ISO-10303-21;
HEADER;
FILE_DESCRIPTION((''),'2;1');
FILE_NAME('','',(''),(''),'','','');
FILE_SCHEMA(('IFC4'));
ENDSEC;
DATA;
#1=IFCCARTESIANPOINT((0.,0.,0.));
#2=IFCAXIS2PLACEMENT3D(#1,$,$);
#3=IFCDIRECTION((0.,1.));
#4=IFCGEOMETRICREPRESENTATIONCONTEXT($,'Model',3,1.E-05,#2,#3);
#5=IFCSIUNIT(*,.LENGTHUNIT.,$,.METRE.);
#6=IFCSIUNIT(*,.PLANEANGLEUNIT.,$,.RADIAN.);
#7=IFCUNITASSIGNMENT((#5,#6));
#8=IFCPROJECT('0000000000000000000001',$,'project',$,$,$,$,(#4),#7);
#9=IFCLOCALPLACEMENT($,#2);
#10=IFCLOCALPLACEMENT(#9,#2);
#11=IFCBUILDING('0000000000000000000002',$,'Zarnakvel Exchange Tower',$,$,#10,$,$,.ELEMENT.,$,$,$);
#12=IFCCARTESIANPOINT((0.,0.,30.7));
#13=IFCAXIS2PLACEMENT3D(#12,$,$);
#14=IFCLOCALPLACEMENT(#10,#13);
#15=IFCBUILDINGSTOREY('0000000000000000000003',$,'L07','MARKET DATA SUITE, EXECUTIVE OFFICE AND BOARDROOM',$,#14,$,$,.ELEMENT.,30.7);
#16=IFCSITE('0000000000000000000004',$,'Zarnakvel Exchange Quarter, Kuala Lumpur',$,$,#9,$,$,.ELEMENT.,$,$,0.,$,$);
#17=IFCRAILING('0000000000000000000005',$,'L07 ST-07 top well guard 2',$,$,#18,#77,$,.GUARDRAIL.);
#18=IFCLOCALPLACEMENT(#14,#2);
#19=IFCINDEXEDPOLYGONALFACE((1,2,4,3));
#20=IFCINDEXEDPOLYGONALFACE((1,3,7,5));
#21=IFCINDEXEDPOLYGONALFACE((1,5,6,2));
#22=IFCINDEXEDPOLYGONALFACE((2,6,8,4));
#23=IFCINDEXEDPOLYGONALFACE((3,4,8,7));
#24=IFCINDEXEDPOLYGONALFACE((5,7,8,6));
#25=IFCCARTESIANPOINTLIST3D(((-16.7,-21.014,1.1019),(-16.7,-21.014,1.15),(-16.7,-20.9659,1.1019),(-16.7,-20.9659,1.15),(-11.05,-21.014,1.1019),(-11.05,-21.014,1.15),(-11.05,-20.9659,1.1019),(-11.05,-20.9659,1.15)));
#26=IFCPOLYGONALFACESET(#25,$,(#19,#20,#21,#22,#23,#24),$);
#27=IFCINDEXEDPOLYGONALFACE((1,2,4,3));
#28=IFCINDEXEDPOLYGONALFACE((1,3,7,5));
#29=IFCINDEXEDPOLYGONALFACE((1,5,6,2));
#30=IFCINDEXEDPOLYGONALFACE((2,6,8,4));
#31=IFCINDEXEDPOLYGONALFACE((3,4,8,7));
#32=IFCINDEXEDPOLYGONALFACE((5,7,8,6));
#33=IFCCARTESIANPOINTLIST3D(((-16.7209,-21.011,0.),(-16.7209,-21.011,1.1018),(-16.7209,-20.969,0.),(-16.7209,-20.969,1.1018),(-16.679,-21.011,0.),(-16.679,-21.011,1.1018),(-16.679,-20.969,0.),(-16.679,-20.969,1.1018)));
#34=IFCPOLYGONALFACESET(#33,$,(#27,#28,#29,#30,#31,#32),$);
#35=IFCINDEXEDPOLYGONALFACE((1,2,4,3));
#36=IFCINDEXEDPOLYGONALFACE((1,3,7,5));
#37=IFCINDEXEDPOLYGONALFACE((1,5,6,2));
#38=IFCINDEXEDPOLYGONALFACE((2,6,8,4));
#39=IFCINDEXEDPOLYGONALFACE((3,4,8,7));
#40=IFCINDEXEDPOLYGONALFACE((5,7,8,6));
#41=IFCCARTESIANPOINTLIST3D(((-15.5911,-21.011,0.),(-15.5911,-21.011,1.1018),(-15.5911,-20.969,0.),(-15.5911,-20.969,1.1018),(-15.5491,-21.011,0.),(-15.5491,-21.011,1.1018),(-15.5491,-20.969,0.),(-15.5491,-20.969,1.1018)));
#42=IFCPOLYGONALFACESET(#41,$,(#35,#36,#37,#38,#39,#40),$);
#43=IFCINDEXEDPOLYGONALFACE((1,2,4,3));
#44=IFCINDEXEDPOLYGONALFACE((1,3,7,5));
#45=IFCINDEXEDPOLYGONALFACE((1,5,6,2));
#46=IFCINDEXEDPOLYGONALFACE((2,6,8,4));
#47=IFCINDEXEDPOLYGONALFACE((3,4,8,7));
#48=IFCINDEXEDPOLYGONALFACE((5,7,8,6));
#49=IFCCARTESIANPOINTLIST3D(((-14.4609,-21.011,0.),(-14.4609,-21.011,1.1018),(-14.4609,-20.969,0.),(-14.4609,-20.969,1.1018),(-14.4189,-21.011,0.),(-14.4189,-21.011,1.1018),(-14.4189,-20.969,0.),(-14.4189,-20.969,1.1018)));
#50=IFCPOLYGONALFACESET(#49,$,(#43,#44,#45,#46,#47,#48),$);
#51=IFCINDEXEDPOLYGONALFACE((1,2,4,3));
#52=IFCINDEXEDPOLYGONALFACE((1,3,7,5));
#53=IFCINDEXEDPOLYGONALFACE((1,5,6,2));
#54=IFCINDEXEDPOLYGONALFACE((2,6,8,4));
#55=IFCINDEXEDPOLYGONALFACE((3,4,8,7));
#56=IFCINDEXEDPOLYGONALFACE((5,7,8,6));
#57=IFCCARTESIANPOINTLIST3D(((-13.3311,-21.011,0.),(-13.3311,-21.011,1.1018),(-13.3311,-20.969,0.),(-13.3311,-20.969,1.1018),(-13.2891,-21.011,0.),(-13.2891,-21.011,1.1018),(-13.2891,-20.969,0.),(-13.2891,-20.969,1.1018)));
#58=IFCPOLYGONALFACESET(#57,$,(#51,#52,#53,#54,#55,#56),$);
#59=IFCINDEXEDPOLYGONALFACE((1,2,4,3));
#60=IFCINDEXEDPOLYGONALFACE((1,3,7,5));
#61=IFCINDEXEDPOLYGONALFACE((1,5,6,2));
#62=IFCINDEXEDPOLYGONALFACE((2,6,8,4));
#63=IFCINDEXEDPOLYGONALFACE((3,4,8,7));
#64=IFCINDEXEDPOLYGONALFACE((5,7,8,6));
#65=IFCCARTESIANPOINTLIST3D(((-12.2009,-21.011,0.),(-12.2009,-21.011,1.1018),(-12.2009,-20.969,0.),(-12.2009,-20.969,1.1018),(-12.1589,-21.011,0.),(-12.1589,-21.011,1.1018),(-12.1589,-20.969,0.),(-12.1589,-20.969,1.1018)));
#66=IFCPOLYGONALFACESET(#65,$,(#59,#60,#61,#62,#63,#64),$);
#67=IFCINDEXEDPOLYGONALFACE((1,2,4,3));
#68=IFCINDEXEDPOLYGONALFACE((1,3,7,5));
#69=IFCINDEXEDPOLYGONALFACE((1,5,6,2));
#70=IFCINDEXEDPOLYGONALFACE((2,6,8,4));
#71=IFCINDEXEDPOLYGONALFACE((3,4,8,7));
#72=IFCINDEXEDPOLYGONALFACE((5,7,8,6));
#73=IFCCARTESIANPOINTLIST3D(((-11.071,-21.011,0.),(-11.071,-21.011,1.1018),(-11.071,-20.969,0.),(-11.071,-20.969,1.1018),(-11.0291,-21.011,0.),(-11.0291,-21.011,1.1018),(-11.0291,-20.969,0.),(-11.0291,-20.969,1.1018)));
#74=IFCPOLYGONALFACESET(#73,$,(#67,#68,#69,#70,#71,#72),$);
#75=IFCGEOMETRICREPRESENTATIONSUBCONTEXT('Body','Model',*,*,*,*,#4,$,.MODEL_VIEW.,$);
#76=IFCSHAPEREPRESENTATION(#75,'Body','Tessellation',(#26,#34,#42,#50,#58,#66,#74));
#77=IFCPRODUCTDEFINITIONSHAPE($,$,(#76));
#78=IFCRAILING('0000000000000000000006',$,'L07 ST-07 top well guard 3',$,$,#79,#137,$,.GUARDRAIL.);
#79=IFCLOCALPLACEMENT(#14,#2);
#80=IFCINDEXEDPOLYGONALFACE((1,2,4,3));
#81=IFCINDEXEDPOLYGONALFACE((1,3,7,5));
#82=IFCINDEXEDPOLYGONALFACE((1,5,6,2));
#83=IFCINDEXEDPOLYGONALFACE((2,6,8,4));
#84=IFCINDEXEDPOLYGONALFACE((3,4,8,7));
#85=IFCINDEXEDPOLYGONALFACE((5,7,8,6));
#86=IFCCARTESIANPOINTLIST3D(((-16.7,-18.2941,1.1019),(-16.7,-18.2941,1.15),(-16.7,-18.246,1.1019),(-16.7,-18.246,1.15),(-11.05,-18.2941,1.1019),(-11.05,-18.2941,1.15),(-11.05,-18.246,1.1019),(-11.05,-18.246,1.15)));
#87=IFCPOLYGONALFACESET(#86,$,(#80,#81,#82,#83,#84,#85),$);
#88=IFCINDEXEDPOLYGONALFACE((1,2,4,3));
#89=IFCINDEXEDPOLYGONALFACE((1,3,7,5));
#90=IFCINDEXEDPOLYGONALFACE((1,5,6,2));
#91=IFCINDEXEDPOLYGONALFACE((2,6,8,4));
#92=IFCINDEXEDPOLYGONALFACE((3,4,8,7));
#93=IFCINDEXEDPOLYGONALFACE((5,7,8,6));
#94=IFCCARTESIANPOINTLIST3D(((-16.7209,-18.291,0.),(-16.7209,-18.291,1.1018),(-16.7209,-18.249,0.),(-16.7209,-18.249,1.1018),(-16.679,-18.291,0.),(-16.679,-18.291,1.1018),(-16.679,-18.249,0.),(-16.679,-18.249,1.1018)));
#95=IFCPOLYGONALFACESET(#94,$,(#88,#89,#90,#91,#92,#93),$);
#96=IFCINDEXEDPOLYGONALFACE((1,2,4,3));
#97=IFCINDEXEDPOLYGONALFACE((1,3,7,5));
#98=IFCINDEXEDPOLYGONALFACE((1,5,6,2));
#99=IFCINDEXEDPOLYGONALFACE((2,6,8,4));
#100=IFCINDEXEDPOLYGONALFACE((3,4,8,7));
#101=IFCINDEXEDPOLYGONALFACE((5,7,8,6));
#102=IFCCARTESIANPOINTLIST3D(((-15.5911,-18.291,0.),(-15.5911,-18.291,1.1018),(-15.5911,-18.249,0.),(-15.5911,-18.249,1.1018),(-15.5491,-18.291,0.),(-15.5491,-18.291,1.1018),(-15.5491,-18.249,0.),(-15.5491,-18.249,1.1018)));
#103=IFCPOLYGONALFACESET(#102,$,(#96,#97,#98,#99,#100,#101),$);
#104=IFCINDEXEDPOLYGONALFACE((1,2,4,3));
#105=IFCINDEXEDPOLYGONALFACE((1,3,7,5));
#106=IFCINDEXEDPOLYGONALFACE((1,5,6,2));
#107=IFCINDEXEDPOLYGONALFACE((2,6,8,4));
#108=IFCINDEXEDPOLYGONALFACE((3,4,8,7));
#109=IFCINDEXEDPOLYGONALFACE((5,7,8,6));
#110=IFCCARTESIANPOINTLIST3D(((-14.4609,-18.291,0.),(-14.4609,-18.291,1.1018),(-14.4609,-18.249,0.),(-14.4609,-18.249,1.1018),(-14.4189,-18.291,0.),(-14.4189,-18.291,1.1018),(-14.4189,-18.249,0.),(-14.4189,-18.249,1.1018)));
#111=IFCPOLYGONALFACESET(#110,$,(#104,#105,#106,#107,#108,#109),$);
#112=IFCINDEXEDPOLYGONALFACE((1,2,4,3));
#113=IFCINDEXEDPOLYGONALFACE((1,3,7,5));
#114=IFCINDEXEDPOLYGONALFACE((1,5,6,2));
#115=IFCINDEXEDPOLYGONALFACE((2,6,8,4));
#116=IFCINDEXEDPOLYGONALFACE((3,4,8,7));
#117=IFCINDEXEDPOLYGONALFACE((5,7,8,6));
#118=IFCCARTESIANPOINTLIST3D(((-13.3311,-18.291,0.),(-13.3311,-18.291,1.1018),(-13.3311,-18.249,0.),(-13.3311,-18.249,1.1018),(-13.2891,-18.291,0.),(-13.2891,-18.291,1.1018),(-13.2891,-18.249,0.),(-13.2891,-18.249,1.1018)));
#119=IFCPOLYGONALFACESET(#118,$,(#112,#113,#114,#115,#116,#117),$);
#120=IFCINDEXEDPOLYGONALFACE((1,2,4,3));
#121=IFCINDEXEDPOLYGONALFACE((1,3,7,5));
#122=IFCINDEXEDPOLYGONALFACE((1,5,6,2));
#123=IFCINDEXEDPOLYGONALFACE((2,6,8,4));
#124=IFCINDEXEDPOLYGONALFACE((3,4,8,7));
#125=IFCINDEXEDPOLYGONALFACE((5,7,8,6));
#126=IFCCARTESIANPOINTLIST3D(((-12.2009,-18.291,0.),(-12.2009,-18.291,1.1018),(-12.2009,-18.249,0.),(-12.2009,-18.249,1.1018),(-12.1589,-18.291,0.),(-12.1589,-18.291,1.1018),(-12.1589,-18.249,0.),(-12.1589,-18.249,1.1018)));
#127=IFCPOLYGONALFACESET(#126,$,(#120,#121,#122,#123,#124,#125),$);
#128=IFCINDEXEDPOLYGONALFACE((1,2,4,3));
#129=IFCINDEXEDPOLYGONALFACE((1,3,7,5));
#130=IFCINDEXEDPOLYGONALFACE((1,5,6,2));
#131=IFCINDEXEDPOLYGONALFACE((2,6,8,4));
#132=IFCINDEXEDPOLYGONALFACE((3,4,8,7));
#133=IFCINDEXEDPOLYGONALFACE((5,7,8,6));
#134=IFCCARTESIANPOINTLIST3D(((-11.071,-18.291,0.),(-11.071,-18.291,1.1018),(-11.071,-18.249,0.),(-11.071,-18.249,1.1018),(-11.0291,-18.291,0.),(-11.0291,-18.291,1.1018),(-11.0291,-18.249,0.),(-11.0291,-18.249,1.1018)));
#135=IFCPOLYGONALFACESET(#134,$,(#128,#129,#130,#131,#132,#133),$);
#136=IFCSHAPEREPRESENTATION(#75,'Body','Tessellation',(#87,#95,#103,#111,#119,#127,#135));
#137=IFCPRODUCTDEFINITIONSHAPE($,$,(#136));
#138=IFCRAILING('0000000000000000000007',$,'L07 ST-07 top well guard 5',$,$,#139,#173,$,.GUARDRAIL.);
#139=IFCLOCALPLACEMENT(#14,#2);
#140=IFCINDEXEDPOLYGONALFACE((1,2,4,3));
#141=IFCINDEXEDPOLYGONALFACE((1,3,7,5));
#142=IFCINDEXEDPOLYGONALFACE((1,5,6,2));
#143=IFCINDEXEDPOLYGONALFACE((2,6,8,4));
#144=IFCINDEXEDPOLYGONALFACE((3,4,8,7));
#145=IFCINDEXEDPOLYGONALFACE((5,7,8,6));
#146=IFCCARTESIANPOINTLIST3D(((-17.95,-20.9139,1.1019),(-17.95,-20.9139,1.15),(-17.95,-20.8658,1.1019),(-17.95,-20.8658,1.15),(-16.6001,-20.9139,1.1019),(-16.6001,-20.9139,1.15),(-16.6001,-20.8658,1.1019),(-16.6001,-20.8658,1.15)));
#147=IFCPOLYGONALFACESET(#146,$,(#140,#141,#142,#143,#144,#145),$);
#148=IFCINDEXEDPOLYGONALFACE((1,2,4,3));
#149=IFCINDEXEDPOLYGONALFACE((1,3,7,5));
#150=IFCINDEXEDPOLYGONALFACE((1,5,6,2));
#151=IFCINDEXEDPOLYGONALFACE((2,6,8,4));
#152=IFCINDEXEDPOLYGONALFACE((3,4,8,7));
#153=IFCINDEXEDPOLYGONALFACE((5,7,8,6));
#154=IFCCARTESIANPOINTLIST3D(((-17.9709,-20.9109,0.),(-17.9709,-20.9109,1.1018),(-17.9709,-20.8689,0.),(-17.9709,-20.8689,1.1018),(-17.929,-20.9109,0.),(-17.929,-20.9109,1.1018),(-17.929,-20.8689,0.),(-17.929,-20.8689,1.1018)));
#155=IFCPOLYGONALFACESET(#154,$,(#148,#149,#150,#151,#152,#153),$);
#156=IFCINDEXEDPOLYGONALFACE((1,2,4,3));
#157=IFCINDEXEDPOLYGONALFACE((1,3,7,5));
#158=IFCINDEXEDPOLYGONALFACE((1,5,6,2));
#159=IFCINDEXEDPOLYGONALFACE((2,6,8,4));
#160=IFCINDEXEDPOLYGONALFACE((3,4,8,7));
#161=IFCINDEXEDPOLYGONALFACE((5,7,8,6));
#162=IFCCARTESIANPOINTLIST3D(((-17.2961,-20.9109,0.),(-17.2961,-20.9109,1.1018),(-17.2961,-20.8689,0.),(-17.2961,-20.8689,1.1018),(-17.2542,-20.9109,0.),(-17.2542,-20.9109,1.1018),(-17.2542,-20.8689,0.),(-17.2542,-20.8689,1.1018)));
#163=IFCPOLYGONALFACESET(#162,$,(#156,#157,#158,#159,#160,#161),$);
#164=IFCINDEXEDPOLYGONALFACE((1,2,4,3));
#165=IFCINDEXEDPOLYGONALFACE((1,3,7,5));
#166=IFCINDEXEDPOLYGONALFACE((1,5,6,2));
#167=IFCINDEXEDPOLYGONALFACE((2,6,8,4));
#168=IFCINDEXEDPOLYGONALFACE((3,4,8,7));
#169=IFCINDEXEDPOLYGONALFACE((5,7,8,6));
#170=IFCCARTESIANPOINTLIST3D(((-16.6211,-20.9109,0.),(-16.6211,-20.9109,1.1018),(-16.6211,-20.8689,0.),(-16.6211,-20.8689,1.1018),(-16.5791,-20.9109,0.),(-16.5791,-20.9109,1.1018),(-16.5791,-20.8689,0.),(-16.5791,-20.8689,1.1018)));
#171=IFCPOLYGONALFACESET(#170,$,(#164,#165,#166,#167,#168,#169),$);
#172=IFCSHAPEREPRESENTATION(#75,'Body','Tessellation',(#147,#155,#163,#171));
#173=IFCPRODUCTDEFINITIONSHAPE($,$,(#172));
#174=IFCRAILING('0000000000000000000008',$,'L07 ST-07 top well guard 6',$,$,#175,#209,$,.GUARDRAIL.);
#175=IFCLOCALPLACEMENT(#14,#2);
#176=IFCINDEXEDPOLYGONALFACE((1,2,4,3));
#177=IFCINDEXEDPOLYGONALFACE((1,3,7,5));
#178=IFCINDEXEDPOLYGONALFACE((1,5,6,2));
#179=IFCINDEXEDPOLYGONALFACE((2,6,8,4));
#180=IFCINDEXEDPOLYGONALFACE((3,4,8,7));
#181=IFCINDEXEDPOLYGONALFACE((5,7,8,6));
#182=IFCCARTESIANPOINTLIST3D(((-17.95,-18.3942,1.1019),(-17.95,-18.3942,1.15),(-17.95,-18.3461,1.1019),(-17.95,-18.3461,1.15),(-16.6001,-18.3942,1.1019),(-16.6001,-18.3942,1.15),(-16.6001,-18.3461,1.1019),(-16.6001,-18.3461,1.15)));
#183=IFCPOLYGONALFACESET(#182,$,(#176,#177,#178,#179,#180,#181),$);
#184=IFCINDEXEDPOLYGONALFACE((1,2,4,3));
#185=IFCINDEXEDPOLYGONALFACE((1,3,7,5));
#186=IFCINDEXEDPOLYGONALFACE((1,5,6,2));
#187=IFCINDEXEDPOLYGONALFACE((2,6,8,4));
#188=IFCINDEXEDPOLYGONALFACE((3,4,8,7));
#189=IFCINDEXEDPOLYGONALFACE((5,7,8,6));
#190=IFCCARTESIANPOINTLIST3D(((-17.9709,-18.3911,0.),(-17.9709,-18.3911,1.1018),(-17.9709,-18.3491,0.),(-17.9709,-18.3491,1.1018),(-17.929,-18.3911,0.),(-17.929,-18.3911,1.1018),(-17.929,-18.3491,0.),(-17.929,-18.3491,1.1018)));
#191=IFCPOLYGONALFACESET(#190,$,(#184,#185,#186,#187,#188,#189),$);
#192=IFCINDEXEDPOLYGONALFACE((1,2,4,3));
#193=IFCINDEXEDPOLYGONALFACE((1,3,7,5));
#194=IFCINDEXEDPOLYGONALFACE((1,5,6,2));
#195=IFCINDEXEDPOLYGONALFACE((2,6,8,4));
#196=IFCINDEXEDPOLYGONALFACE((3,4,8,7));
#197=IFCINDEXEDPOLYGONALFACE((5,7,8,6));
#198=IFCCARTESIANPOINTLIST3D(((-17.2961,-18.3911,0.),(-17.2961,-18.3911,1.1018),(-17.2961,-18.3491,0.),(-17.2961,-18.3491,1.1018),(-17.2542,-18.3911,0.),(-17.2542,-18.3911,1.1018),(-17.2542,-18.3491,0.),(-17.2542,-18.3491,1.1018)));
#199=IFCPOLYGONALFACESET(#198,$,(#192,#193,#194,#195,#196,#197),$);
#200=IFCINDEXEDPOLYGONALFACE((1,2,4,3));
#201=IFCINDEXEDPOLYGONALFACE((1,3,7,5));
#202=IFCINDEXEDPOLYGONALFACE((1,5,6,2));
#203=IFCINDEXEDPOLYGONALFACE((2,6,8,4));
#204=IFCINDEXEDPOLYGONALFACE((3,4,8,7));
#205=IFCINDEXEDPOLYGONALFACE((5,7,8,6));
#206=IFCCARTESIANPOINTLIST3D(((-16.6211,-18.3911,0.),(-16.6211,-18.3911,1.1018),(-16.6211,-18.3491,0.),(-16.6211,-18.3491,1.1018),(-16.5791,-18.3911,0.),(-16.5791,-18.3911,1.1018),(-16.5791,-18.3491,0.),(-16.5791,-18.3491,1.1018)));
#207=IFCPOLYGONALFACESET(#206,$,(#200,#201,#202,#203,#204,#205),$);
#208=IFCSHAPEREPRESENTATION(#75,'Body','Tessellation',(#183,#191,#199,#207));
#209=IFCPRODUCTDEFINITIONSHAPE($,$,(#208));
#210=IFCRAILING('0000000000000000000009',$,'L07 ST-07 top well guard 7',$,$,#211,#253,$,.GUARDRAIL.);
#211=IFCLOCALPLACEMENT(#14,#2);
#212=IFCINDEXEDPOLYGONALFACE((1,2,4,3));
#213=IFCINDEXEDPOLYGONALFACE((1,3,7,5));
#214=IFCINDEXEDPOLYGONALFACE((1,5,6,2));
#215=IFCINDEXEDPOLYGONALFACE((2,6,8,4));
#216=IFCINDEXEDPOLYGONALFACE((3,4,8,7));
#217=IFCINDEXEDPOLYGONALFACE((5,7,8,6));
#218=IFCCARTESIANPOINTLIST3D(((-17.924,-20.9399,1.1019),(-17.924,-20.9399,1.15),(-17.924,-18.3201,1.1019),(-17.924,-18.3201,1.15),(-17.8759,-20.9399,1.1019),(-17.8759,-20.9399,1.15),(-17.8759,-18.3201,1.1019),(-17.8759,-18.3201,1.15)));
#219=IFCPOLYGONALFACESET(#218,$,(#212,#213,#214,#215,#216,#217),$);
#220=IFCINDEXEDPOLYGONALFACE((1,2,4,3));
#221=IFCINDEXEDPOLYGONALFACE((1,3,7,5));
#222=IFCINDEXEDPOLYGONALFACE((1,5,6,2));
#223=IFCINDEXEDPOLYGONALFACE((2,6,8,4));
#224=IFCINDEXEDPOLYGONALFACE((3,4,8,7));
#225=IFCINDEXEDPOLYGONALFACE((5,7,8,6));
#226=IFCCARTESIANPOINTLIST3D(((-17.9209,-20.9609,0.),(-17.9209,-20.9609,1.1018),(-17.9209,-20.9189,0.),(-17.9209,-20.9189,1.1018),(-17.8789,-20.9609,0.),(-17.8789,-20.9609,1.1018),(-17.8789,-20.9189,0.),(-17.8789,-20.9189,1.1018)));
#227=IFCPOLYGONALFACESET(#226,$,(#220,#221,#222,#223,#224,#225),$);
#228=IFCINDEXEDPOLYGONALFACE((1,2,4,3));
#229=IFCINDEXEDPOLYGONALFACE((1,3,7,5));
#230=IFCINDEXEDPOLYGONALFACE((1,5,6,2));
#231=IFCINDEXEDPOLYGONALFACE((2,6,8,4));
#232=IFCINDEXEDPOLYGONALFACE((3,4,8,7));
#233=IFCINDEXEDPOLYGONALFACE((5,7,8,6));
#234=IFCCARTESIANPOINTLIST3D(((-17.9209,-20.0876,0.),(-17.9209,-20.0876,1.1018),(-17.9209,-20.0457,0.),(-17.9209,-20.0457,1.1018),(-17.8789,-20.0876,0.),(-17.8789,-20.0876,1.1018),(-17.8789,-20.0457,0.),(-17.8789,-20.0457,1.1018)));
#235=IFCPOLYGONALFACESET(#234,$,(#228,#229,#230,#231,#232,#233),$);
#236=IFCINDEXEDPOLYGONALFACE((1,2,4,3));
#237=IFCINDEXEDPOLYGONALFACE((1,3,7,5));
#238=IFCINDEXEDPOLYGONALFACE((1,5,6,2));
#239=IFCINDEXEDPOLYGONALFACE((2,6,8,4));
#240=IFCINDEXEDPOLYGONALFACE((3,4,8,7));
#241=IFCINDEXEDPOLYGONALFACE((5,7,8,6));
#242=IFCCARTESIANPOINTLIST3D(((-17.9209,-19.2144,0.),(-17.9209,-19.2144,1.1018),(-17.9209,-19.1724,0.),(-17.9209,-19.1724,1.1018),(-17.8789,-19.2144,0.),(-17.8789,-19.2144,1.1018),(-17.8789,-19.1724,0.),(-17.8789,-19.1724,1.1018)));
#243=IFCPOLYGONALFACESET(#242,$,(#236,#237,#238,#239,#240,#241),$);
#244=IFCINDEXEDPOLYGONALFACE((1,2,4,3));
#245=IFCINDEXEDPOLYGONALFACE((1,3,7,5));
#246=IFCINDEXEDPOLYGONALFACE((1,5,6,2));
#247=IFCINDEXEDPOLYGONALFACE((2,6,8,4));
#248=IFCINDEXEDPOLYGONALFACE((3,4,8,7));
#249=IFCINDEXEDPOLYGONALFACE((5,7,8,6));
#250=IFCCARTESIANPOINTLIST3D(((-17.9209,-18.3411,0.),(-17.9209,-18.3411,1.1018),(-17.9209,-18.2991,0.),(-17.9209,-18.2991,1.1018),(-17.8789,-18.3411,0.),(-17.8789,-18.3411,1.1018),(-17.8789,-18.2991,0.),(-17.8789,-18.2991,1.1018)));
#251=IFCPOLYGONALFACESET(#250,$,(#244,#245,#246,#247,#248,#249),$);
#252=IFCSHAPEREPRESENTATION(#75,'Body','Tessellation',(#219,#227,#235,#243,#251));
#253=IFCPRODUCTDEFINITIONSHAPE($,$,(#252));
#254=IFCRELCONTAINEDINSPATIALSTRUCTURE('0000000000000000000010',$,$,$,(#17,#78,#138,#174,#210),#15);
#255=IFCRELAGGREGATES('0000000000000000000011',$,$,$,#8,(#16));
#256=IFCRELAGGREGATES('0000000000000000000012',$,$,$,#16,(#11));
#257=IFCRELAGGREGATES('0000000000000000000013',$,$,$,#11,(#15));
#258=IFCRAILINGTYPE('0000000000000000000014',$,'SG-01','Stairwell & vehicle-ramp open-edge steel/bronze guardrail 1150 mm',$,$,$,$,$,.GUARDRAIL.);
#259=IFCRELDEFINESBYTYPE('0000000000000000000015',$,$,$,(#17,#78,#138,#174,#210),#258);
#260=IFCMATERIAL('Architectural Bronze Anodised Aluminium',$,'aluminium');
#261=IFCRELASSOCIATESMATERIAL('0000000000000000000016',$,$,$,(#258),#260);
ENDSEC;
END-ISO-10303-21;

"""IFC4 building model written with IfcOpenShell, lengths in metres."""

from ifc_helpers import new_model, si_unit, direction, frame, origin, origin_2d, place, context, subcontext, project, spatial, rectangle, extrude, material, type_object, element, save


model = new_model("IFC4")

# Units and contexts
model_context = context("Model", 3, precision=1e-05, world=origin(), true_north=direction((0.0, 1.0)))
body_context = subcontext(model_context, "Body", "Model", "MODEL_VIEW")
ifc_project = project(units=[si_unit("LENGTHUNIT", "METRE"), si_unit("PLANEANGLEUNIT", "RADIAN")], contexts=[model_context])

# Site, building, storey
site_placement = place(None, origin())
site = spatial("IfcSite", under=ifc_project, at=site_placement, Name="Zarnakvel Exchange Quarter, Kuala Lumpur", CompositionType="ELEMENT", RefElevation=0.0)
building_placement = place(site_placement, origin())
building = spatial("IfcBuilding", under=site, at=building_placement, Name="Zarnakvel Exchange Tower", CompositionType="ELEMENT")
storey_placement = place(building_placement, frame((0.0, 0.0, 30.7)))
storey = spatial("IfcBuildingStorey", under=building, at=storey_placement, Name="L07", Description="MARKET DATA SUITE, EXECUTIVE OFFICE AND BOARDROOM", CompositionType="ELEMENT", Elevation=30.7)

# Shared definitions
ifc_material_1 = material(Name="Architectural Bronze Anodised Aluminium", Category="aluminium")

# Railings
railing_type_1 = type_object("IfcRailingType", Name="SG-01", Description="Stairwell & vehicle-ramp open-edge steel/bronze guardrail 1150 mm", PredefinedType="GUARDRAIL", material=ifc_material_1)
for number, where, name in (
    (1, (-16.7, -20.99, 0.0), "L07 ST-07 top well guard 2"),
    (2, (-16.7, -18.27, 0.0), "L07 ST-07 top well guard 3"),
):
    element("IfcRailing", number, at=place(storey_placement, frame(where)), inside=storey, type_object=railing_type_1, Name=name, PredefinedType="GUARDRAIL", context=body_context, shape_type="SweptSolid", body=[
        extrude(rectangle(XDim=0.0481, YDim=0.0481, at=origin_2d()), frame((0.0, 0.0, 1.126), z_axis=(1.0, 0.0, 0.0), x_axis=(0.0, 1.0, 0.0)), (0.0, 0.0, 1.0), 5.6499),
        extrude(rectangle(XDim=0.042, YDim=0.042, at=origin_2d()), origin(), (0.0, 0.0, 1.0), 1.1018),
        extrude(rectangle(XDim=0.042, YDim=0.042, at=origin_2d()), frame((1.1299, 0.0, 0.0)), (0.0, 0.0, 1.0), 1.1018),
        extrude(rectangle(XDim=0.042, YDim=0.042, at=origin_2d()), frame((2.26, 0.0, 0.0)), (0.0, 0.0, 1.0), 1.1018),
        extrude(rectangle(XDim=0.042, YDim=0.042, at=origin_2d()), frame((3.3899, 0.0, 0.0)), (0.0, 0.0, 1.0), 1.1018),
        extrude(rectangle(XDim=0.042, YDim=0.042, at=origin_2d()), frame((4.52, 0.0, 0.0)), (0.0, 0.0, 1.0), 1.1018),
        extrude(rectangle(XDim=0.042, YDim=0.042, at=origin_2d()), frame((5.6499, 0.0, 0.0)), (0.0, 0.0, 1.0), 1.1018),
    ])
for number, where, name in (
    (3, (-17.95, -20.8899, 0.0), "L07 ST-07 top well guard 5"),
    (4, (-17.95, -18.3701, 0.0), "L07 ST-07 top well guard 6"),
):
    element("IfcRailing", number, at=place(storey_placement, frame(where)), inside=storey, type_object=railing_type_1, Name=name, PredefinedType="GUARDRAIL", context=body_context, shape_type="SweptSolid", body=[
        extrude(rectangle(XDim=0.0481, YDim=0.0481, at=origin_2d()), frame((0.0, 0.0, 1.126), z_axis=(1.0, 0.0, 0.0), x_axis=(0.0, 1.0, 0.0)), (0.0, 0.0, 1.0), 1.3499),
        extrude(rectangle(XDim=0.042, YDim=0.042, at=origin_2d()), origin(), (0.0, 0.0, 1.0), 1.1018),
        extrude(rectangle(XDim=0.042, YDim=0.042, at=origin_2d()), frame((0.6748, 0.0, 0.0)), (0.0, 0.0, 1.0), 1.1018),
        extrude(rectangle(XDim=0.042, YDim=0.042, at=origin_2d()), frame((1.3499, 0.0, 0.0)), (0.0, 0.0, 1.0), 1.1018),
    ])
railing_1_placement = place(storey_placement, frame((-17.8999, -20.9399, 0.0)))
element("IfcRailing", 5, at=railing_1_placement, inside=storey, type_object=railing_type_1, Name="L07 ST-07 top well guard 7", PredefinedType="GUARDRAIL", context=body_context, shape_type="SweptSolid", body=[
    extrude(rectangle(XDim=0.0481, YDim=0.0481, at=origin_2d()), frame((0.0, 0.0, 1.126), z_axis=(0.0, 1.0, 0.0), x_axis=(-1.0, 0.0, 0.0)), (0.0, 0.0, 1.0), 2.6199),
    extrude(rectangle(XDim=0.042, YDim=0.042, at=origin_2d()), origin(), (0.0, 0.0, 1.0), 1.1018),
    extrude(rectangle(XDim=0.042, YDim=0.042, at=origin_2d()), frame((0.0, 0.8733, 0.0)), (0.0, 0.0, 1.0), 1.1018),
    extrude(rectangle(XDim=0.042, YDim=0.042, at=origin_2d()), frame((0.0, 1.7466, 0.0)), (0.0, 0.0, 1.0), 1.1018),
    extrude(rectangle(XDim=0.042, YDim=0.042, at=origin_2d()), frame((0.0, 2.6199, 0.0)), (0.0, 0.0, 1.0), 1.1018),
])

save(model, "model.ifc")
